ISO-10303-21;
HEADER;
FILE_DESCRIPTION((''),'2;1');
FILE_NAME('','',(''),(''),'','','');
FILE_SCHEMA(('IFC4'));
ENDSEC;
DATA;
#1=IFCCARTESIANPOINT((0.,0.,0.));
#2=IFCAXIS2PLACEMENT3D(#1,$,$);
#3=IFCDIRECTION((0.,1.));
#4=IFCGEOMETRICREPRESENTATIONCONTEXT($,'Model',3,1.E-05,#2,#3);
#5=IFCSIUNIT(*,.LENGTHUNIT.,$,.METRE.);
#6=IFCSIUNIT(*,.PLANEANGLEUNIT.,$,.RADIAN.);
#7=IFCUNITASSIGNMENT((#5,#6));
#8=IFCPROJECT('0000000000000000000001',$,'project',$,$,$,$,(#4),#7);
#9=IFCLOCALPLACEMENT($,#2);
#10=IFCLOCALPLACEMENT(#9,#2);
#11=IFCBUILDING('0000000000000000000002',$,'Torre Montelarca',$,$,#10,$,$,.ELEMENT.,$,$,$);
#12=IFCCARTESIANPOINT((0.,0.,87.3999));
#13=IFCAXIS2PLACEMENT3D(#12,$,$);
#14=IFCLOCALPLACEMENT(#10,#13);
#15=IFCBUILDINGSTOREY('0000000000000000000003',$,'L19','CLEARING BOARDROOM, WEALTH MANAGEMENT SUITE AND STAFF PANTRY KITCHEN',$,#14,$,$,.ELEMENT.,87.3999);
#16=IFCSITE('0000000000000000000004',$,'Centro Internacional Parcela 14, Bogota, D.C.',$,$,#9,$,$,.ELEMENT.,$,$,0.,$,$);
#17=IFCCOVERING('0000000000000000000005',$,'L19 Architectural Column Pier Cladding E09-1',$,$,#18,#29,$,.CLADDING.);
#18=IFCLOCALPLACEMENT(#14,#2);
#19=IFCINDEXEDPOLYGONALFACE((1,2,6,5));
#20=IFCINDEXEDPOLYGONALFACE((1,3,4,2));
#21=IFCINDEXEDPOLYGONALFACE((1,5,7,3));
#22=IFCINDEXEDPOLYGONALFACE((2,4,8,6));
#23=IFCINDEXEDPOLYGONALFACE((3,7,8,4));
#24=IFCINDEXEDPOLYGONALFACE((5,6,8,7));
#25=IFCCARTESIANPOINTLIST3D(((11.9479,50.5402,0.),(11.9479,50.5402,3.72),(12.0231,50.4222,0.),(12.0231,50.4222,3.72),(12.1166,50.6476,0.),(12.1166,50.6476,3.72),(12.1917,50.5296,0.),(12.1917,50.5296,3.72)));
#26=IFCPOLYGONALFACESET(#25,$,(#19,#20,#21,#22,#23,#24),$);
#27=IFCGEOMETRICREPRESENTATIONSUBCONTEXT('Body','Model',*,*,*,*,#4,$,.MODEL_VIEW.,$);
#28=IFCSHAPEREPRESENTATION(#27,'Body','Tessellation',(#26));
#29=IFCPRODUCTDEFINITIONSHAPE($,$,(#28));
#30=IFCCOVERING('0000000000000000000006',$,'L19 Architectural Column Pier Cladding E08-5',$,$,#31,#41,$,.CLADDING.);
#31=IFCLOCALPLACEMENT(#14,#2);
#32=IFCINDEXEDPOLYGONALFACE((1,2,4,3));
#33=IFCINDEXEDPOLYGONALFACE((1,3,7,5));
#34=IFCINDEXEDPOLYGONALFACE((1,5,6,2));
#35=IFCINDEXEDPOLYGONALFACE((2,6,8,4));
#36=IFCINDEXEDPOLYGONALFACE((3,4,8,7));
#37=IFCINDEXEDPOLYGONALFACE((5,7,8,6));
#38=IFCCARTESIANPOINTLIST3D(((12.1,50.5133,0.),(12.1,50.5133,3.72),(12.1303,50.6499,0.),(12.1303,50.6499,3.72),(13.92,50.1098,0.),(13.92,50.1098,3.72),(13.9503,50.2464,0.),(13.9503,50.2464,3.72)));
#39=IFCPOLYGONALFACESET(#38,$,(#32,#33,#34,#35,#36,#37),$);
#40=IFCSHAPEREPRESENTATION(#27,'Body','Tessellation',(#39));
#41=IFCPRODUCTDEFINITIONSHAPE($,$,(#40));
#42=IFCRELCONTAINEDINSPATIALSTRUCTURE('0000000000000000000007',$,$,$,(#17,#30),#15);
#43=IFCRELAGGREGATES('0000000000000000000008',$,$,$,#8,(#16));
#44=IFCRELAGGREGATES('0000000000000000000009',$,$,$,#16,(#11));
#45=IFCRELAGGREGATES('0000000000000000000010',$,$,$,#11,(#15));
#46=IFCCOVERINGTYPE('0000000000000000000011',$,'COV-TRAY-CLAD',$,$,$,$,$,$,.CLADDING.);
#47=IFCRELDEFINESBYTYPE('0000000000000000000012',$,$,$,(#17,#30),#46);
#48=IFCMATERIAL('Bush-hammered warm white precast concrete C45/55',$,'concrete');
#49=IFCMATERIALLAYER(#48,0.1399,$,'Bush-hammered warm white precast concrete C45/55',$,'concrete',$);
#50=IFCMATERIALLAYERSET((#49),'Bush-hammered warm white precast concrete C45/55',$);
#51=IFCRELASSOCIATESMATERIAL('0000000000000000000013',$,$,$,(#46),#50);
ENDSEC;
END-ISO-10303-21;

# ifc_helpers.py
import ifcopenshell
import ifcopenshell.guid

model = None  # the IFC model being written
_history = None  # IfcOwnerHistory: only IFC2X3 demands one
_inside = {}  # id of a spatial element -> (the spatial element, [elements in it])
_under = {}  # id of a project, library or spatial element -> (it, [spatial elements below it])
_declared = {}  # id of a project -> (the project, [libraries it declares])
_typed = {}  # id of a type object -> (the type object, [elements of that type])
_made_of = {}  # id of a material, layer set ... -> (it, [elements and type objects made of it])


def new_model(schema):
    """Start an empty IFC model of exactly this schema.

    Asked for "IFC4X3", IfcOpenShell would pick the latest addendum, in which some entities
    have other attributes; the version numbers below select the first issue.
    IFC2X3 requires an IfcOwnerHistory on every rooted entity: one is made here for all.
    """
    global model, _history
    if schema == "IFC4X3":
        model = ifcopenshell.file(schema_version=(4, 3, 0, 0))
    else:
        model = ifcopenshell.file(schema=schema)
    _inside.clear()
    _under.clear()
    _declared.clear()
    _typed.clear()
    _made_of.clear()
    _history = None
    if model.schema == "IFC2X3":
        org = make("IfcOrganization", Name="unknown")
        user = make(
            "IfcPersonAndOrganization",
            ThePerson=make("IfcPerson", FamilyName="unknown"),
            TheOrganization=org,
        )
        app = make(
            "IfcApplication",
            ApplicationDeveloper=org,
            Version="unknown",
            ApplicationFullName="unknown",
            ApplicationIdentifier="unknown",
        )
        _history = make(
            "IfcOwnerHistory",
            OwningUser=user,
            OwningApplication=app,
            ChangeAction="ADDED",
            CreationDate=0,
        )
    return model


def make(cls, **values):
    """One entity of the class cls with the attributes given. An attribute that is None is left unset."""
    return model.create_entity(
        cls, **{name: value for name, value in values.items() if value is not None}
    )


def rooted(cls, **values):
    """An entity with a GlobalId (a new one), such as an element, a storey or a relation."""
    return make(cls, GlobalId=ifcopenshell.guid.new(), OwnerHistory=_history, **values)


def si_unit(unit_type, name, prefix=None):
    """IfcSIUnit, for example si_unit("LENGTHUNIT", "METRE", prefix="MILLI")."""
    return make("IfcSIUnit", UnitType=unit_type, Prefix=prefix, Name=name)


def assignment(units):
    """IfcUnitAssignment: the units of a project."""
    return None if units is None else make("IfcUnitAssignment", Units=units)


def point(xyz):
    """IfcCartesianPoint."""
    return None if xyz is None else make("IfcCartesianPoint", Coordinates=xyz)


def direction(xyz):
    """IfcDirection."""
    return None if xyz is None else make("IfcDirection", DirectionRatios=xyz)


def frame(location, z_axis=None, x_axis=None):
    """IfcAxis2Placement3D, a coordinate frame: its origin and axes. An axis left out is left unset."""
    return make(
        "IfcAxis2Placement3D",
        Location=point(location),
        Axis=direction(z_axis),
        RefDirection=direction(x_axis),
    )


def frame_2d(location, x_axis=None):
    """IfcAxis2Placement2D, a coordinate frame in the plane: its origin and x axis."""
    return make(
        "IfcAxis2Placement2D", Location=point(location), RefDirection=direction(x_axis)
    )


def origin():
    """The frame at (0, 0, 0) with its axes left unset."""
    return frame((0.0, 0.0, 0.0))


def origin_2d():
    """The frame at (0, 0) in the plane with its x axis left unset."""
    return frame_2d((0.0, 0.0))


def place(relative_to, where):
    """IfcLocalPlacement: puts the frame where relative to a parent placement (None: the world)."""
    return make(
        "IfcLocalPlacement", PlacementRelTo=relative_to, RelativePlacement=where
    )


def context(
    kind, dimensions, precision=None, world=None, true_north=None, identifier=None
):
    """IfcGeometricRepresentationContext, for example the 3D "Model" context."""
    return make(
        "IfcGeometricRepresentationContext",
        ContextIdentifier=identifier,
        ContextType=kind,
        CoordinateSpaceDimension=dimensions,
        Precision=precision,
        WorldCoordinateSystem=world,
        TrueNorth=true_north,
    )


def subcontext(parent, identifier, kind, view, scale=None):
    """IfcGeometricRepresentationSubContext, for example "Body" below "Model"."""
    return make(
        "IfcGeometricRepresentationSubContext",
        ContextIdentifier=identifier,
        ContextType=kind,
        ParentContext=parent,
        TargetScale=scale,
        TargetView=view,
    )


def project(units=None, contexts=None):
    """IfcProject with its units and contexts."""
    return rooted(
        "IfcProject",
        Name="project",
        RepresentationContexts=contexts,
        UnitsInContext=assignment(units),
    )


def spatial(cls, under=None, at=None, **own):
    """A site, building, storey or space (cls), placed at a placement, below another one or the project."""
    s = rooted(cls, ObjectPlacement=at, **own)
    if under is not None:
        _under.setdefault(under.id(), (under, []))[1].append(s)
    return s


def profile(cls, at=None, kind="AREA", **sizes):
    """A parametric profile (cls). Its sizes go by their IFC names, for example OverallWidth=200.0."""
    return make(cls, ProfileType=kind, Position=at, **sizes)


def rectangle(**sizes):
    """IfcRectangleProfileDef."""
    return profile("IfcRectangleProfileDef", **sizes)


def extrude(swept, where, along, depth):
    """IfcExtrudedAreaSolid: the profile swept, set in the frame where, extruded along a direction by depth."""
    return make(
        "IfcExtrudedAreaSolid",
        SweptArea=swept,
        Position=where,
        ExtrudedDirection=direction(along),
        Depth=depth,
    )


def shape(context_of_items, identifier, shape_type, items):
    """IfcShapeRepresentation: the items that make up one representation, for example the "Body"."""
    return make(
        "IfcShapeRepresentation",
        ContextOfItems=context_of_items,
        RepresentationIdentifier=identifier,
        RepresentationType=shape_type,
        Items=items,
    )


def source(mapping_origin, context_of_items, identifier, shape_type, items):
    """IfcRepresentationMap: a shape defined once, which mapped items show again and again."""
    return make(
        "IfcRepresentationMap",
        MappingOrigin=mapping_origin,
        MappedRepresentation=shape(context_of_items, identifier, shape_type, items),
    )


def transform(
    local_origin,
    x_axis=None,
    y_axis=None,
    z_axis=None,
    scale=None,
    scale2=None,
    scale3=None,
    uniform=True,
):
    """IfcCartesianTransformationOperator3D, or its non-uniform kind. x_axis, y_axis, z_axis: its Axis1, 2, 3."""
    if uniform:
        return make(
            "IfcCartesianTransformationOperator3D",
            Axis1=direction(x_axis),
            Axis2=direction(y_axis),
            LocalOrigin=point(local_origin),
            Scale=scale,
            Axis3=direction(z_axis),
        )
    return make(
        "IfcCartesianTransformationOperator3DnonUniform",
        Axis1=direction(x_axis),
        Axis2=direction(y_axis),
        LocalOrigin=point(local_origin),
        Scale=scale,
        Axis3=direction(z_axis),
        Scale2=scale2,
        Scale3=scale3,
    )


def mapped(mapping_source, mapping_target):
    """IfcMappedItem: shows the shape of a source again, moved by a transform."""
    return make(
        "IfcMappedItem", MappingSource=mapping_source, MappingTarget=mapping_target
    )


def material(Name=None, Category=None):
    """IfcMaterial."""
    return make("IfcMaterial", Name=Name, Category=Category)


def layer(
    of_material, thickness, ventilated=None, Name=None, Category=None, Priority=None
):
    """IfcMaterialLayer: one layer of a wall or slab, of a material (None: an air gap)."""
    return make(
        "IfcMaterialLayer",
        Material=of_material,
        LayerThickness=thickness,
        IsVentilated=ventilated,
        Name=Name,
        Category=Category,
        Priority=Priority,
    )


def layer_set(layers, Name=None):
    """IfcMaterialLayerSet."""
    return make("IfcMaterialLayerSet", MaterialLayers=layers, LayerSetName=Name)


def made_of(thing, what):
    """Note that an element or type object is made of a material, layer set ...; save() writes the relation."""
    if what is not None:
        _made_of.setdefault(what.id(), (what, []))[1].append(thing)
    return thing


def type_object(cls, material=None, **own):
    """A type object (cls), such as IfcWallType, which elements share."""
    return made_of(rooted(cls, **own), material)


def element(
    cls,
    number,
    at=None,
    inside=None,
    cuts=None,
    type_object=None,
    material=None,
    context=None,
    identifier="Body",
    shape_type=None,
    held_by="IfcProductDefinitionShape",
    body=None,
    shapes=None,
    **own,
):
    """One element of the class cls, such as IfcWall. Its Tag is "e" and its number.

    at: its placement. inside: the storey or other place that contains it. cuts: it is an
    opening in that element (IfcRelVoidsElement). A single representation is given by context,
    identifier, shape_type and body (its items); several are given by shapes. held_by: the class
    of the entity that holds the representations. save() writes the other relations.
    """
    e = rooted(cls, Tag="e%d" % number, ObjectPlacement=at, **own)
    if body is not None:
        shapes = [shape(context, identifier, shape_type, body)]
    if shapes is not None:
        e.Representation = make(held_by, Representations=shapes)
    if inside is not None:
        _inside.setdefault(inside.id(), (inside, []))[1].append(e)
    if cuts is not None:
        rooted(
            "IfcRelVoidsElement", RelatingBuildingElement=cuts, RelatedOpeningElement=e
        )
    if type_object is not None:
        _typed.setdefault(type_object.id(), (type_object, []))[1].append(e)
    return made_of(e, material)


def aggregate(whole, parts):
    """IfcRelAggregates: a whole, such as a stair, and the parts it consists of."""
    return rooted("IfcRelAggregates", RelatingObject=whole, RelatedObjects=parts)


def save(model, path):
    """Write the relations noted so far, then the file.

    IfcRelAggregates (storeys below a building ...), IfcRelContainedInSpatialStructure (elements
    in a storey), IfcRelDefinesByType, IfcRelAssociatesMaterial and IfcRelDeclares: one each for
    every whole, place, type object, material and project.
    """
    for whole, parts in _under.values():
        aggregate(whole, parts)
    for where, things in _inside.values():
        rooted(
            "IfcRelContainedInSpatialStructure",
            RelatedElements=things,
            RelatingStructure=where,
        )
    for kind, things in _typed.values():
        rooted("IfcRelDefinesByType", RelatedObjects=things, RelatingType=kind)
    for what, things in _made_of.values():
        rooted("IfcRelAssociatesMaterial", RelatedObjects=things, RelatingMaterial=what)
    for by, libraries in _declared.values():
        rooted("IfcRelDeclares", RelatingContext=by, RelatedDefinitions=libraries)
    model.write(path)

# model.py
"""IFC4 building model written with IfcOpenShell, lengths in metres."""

from ifc_helpers import new_model, si_unit, direction, frame, origin, origin_2d, place, context, subcontext, project, spatial, rectangle, extrude, source, transform, mapped, material, layer, layer_set, type_object, element, save


model = new_model("IFC4")

# Units and contexts
model_context = context("Model", 3, precision=1e-05, world=origin(), true_north=direction((0.0, 1.0)))
body_context = subcontext(model_context, "Body", "Model", "MODEL_VIEW")
ifc_project = project(units=[si_unit("LENGTHUNIT", "METRE"), si_unit("PLANEANGLEUNIT", "RADIAN")], contexts=[model_context])

# Site, building, storey
site_placement = place(None, origin())
site = spatial("IfcSite", under=ifc_project, at=site_placement, Name="Centro Internacional Parcela 14, Bogota, D.C.", CompositionType="ELEMENT", RefElevation=0.0)
building_placement = place(site_placement, origin())
building = spatial("IfcBuilding", under=site, at=building_placement, Name="Torre Montelarca", CompositionType="ELEMENT")
storey_placement = place(building_placement, frame((0.0, 0.0, 87.3999)))
storey = spatial("IfcBuildingStorey", under=building, at=storey_placement, Name="L19", Description="CLEARING BOARDROOM, WEALTH MANAGEMENT SUITE AND STAFF PANTRY KITCHEN", CompositionType="ELEMENT", Elevation=87.3999)

# Coverings
ifc_material_1 = material(Name="Bush-hammered warm white precast concrete C45/55", Category="concrete")
ifc_layer_1 = layer(ifc_material_1, 0.1399, Name="Bush-hammered warm white precast concrete C45/55", Category="concrete")
ifc_layer_set_1 = layer_set([ifc_layer_1], Name="Bush-hammered warm white precast concrete C45/55")
covering_type = type_object("IfcCoveringType", Name="COV-TRAY-CLAD", PredefinedType="CLADDING", material=ifc_layer_set_1)
shared_shape_1 = source(origin(), body_context, "Body", "SweptSolid", [
    extrude(rectangle(XDim=0.2, YDim=0.1399, at=origin_2d()), origin(), (0.0, 0.0, 1.0), 3.72),
])
covering_1_placement = place(storey_placement, frame((12.0698, 50.5349, 0.0), z_axis=(0.0, 0.0, 1.0), x_axis=(-0.843382, -0.537314, 0.0)))
element("IfcCovering", 1, at=covering_1_placement, inside=storey, type_object=covering_type, Name="L19 Architectural Column Pier Cladding E09-1", PredefinedType="CLADDING", context=body_context, shape_type="MappedRepresentation", body=[
    mapped(shared_shape_1, transform((0.0, 0.0, 0.0), scale=1.0)),
])
shared_shape_2 = source(origin(), body_context, "Body", "SweptSolid", [
    extrude(rectangle(XDim=1.8643, YDim=0.1399, at=origin_2d()), origin(), (0.0, 0.0, 1.0), 3.72),
])
covering_2_placement = place(storey_placement, frame((13.0251, 50.3799, 0.0), z_axis=(0.0, 0.0, 1.0), x_axis=(-0.976296, 0.21644, 0.0)))
element("IfcCovering", 2, at=covering_2_placement, inside=storey, type_object=covering_type, Name="L19 Architectural Column Pier Cladding E08-5", PredefinedType="CLADDING", context=body_context, shape_type="MappedRepresentation", body=[
    mapped(shared_shape_2, transform((0.0, 0.0, 0.0), scale=1.0)),
])

save(model, "model.ifc")
